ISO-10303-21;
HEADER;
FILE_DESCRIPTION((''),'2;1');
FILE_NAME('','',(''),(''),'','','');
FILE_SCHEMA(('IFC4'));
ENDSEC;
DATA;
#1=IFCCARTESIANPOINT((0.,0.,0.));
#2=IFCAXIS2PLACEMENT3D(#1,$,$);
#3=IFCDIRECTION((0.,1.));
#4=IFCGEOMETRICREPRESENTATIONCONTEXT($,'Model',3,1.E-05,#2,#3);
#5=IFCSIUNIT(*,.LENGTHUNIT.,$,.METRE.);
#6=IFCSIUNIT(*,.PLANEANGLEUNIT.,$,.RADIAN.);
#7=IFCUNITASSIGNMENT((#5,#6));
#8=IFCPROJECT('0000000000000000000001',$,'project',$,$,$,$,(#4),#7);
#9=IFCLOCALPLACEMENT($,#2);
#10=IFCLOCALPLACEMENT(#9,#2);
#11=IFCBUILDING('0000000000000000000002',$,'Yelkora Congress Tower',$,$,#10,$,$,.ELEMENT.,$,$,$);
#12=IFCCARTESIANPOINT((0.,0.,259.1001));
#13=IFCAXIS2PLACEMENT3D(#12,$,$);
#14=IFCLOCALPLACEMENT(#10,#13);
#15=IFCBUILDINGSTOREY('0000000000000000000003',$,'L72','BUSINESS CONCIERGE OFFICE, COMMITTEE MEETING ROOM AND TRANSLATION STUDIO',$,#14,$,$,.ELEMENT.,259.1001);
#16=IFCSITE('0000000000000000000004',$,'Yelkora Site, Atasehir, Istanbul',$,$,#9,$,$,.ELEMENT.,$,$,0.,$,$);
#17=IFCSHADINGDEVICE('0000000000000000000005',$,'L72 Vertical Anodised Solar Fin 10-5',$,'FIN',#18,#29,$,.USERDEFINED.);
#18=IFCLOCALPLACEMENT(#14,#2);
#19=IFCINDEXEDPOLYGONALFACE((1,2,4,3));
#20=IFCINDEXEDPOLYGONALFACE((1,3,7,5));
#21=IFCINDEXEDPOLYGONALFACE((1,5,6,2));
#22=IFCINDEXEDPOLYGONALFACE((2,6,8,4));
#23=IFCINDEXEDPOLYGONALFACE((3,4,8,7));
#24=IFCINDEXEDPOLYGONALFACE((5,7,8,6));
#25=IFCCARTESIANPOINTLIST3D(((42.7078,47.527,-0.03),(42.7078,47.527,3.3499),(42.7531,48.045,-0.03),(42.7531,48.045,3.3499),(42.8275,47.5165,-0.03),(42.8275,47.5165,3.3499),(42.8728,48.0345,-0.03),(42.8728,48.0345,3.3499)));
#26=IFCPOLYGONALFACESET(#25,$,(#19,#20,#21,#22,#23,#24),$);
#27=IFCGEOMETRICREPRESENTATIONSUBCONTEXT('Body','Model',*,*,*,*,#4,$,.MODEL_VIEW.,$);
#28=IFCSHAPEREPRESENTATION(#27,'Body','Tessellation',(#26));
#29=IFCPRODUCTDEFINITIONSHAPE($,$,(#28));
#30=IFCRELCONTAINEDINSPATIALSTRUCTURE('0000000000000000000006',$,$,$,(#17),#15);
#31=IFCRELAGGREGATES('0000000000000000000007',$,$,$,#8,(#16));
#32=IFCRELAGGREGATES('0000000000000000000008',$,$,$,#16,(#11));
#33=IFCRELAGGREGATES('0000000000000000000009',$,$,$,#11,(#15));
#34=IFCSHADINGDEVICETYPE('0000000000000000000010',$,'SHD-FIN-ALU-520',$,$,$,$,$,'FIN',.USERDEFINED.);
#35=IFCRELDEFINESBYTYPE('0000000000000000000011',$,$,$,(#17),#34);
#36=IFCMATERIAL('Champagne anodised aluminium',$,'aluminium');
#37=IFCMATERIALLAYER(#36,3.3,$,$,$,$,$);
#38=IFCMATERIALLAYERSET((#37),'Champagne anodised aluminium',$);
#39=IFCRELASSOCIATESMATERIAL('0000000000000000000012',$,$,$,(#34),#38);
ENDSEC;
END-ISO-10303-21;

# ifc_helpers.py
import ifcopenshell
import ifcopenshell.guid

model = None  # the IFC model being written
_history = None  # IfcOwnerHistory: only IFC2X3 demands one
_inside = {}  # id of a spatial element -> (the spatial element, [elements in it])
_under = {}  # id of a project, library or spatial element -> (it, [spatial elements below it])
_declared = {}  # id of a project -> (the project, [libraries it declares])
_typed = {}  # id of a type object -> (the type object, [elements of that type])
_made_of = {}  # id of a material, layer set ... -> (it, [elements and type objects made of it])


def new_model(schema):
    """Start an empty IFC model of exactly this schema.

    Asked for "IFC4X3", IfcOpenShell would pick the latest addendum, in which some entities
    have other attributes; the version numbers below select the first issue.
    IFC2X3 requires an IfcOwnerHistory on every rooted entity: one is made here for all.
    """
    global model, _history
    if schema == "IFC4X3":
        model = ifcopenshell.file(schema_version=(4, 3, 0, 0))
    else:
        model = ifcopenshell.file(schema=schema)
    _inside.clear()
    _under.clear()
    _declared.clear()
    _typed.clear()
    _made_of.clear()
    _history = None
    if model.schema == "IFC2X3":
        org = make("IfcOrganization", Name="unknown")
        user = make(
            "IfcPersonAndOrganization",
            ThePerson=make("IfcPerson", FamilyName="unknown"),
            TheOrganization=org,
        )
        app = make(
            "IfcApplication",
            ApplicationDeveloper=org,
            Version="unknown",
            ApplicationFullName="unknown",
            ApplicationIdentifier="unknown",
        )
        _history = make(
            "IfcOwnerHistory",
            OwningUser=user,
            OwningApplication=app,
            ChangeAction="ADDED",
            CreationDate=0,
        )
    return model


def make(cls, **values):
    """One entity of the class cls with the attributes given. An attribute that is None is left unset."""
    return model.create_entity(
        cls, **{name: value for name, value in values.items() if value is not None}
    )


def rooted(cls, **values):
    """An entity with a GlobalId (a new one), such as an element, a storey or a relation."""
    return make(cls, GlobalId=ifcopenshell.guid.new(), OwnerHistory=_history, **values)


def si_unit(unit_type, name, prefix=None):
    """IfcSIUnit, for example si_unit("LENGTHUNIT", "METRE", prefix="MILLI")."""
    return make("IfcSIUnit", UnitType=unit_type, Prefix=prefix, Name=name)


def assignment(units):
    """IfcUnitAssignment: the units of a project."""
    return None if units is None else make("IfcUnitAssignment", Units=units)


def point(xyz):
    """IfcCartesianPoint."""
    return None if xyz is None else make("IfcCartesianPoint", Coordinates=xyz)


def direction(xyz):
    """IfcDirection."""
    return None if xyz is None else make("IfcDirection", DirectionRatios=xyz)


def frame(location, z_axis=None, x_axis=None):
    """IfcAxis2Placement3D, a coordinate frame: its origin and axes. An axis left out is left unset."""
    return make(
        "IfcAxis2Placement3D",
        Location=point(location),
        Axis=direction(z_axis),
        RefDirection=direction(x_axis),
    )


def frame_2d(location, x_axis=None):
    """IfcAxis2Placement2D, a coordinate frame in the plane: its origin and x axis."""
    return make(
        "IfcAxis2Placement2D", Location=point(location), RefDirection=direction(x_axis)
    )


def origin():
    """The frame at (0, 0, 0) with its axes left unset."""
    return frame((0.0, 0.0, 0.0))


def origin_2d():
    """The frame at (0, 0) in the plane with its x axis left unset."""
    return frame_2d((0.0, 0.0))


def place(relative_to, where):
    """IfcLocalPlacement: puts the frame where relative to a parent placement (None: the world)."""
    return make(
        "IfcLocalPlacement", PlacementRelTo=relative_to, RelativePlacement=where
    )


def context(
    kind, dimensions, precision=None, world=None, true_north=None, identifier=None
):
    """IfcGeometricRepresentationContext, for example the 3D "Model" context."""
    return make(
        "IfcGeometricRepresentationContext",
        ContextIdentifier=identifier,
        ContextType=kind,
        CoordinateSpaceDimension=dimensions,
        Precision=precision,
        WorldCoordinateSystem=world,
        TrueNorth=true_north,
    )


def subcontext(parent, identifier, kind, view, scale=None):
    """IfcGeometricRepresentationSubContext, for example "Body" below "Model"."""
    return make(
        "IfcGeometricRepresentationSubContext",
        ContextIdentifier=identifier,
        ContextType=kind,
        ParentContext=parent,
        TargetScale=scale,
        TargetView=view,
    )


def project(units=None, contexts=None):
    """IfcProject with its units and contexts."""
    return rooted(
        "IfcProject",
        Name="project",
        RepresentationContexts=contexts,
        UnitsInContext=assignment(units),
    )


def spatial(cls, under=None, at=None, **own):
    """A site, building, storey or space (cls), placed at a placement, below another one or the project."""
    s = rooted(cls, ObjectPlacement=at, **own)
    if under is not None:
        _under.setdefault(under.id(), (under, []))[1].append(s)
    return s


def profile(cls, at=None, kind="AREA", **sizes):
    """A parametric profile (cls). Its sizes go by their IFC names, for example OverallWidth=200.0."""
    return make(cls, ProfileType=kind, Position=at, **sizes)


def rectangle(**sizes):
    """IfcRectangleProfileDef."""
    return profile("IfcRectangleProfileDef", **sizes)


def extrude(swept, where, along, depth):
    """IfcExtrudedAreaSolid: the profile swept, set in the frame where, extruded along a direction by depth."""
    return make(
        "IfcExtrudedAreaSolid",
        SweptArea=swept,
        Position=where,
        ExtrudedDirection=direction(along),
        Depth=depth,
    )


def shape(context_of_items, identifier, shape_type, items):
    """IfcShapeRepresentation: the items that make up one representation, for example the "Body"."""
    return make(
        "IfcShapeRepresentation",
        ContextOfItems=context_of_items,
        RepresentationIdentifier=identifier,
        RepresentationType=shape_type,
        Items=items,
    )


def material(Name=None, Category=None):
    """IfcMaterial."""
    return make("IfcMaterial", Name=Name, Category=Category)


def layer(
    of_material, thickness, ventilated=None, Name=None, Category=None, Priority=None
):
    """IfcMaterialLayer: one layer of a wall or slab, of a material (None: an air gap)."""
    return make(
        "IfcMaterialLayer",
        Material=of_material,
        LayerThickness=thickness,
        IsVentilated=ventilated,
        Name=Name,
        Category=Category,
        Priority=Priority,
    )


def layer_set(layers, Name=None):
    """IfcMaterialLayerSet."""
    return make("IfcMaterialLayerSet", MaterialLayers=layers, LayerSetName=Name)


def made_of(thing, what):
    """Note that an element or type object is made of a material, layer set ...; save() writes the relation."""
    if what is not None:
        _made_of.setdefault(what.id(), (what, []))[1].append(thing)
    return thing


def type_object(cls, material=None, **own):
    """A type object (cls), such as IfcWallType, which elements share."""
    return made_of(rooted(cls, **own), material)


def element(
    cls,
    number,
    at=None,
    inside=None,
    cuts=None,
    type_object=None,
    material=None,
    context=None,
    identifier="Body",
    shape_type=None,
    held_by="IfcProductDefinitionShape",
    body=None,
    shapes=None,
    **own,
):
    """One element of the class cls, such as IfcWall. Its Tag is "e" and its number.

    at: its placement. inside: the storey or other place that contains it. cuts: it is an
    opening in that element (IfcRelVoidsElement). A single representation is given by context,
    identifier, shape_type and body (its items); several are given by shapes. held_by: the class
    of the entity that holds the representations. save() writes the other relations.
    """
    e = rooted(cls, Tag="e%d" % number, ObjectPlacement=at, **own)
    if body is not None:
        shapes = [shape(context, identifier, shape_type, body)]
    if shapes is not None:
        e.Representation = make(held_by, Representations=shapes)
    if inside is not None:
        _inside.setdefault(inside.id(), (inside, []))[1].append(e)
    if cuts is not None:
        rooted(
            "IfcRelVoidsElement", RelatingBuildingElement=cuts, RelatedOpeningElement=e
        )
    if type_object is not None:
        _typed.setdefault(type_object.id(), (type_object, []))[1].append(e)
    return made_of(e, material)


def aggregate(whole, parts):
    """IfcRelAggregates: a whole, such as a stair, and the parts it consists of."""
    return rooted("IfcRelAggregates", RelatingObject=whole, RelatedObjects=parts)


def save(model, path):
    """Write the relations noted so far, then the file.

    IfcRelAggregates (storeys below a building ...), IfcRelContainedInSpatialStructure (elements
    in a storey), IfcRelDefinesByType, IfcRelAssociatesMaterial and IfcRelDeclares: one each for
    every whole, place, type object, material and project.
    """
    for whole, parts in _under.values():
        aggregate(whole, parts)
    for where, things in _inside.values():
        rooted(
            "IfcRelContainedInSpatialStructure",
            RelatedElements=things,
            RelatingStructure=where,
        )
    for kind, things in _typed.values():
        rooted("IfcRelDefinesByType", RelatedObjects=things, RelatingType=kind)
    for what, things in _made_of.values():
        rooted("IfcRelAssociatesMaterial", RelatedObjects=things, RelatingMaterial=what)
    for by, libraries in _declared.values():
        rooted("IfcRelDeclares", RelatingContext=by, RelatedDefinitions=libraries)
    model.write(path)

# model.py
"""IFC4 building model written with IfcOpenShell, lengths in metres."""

from ifc_helpers import new_model, si_unit, direction, frame, origin, origin_2d, place, context, subcontext, project, spatial, rectangle, extrude, material, layer, layer_set, type_object, element, save


model = new_model("IFC4")

# Units and contexts
model_context = context("Model", 3, precision=1e-05, world=origin(), true_north=direction((0.0, 1.0)))
body_context = subcontext(model_context, "Body", "Model", "MODEL_VIEW")
ifc_project = project(units=[si_unit("LENGTHUNIT", "METRE"), si_unit("PLANEANGLEUNIT", "RADIAN")], contexts=[model_context])

# Site, building, storey
site_placement = place(None, origin())
site = spatial("IfcSite", under=ifc_project, at=site_placement, Name="Yelkora Site, Atasehir, Istanbul", CompositionType="ELEMENT", RefElevation=0.0)
building_placement = place(site_placement, origin())
building = spatial("IfcBuilding", under=site, at=building_placement, Name="Yelkora Congress Tower", CompositionType="ELEMENT")
storey_placement = place(building_placement, frame((0.0, 0.0, 259.1001)))
storey = spatial("IfcBuildingStorey", under=building, at=storey_placement, Name="L72", Description="BUSINESS CONCIERGE OFFICE, COMMITTEE MEETING ROOM AND TRANSLATION STUDIO", CompositionType="ELEMENT", Elevation=259.1001)

# Shading device
ifc_material_1 = material(Name="Champagne anodised aluminium", Category="aluminium")
ifc_layer_1 = layer(ifc_material_1, 3.3)
ifc_layer_set_1 = layer_set([ifc_layer_1], Name="Champagne anodised aluminium")
shading_device_type = type_object("IfcShadingDeviceType", Name="SHD-FIN-ALU-520", ElementType="FIN", PredefinedType="USERDEFINED", material=ifc_layer_set_1)
for number, where, z_axis, x_axis, name in (
    (1, (42.7903, 47.7808, -0.03), (0.0, 0.0, 1.0), (0.996195, -0.087156, 0.0), "L72 Vertical Anodised Solar Fin 10-5"),
):
    element("IfcShadingDevice", number, at=place(storey_placement, frame(where, z_axis=z_axis, x_axis=x_axis)), inside=storey, type_object=shading_device_type, Name=name, ObjectType="FIN", PredefinedType="USERDEFINED", context=body_context, shape_type="SweptSolid", body=[
        extrude(rectangle(XDim=0.1201, YDim=0.52, at=origin_2d()), origin(), (0.0, 0.0, 1.0), 3.3799),
    ])

save(model, "model.ifc")
